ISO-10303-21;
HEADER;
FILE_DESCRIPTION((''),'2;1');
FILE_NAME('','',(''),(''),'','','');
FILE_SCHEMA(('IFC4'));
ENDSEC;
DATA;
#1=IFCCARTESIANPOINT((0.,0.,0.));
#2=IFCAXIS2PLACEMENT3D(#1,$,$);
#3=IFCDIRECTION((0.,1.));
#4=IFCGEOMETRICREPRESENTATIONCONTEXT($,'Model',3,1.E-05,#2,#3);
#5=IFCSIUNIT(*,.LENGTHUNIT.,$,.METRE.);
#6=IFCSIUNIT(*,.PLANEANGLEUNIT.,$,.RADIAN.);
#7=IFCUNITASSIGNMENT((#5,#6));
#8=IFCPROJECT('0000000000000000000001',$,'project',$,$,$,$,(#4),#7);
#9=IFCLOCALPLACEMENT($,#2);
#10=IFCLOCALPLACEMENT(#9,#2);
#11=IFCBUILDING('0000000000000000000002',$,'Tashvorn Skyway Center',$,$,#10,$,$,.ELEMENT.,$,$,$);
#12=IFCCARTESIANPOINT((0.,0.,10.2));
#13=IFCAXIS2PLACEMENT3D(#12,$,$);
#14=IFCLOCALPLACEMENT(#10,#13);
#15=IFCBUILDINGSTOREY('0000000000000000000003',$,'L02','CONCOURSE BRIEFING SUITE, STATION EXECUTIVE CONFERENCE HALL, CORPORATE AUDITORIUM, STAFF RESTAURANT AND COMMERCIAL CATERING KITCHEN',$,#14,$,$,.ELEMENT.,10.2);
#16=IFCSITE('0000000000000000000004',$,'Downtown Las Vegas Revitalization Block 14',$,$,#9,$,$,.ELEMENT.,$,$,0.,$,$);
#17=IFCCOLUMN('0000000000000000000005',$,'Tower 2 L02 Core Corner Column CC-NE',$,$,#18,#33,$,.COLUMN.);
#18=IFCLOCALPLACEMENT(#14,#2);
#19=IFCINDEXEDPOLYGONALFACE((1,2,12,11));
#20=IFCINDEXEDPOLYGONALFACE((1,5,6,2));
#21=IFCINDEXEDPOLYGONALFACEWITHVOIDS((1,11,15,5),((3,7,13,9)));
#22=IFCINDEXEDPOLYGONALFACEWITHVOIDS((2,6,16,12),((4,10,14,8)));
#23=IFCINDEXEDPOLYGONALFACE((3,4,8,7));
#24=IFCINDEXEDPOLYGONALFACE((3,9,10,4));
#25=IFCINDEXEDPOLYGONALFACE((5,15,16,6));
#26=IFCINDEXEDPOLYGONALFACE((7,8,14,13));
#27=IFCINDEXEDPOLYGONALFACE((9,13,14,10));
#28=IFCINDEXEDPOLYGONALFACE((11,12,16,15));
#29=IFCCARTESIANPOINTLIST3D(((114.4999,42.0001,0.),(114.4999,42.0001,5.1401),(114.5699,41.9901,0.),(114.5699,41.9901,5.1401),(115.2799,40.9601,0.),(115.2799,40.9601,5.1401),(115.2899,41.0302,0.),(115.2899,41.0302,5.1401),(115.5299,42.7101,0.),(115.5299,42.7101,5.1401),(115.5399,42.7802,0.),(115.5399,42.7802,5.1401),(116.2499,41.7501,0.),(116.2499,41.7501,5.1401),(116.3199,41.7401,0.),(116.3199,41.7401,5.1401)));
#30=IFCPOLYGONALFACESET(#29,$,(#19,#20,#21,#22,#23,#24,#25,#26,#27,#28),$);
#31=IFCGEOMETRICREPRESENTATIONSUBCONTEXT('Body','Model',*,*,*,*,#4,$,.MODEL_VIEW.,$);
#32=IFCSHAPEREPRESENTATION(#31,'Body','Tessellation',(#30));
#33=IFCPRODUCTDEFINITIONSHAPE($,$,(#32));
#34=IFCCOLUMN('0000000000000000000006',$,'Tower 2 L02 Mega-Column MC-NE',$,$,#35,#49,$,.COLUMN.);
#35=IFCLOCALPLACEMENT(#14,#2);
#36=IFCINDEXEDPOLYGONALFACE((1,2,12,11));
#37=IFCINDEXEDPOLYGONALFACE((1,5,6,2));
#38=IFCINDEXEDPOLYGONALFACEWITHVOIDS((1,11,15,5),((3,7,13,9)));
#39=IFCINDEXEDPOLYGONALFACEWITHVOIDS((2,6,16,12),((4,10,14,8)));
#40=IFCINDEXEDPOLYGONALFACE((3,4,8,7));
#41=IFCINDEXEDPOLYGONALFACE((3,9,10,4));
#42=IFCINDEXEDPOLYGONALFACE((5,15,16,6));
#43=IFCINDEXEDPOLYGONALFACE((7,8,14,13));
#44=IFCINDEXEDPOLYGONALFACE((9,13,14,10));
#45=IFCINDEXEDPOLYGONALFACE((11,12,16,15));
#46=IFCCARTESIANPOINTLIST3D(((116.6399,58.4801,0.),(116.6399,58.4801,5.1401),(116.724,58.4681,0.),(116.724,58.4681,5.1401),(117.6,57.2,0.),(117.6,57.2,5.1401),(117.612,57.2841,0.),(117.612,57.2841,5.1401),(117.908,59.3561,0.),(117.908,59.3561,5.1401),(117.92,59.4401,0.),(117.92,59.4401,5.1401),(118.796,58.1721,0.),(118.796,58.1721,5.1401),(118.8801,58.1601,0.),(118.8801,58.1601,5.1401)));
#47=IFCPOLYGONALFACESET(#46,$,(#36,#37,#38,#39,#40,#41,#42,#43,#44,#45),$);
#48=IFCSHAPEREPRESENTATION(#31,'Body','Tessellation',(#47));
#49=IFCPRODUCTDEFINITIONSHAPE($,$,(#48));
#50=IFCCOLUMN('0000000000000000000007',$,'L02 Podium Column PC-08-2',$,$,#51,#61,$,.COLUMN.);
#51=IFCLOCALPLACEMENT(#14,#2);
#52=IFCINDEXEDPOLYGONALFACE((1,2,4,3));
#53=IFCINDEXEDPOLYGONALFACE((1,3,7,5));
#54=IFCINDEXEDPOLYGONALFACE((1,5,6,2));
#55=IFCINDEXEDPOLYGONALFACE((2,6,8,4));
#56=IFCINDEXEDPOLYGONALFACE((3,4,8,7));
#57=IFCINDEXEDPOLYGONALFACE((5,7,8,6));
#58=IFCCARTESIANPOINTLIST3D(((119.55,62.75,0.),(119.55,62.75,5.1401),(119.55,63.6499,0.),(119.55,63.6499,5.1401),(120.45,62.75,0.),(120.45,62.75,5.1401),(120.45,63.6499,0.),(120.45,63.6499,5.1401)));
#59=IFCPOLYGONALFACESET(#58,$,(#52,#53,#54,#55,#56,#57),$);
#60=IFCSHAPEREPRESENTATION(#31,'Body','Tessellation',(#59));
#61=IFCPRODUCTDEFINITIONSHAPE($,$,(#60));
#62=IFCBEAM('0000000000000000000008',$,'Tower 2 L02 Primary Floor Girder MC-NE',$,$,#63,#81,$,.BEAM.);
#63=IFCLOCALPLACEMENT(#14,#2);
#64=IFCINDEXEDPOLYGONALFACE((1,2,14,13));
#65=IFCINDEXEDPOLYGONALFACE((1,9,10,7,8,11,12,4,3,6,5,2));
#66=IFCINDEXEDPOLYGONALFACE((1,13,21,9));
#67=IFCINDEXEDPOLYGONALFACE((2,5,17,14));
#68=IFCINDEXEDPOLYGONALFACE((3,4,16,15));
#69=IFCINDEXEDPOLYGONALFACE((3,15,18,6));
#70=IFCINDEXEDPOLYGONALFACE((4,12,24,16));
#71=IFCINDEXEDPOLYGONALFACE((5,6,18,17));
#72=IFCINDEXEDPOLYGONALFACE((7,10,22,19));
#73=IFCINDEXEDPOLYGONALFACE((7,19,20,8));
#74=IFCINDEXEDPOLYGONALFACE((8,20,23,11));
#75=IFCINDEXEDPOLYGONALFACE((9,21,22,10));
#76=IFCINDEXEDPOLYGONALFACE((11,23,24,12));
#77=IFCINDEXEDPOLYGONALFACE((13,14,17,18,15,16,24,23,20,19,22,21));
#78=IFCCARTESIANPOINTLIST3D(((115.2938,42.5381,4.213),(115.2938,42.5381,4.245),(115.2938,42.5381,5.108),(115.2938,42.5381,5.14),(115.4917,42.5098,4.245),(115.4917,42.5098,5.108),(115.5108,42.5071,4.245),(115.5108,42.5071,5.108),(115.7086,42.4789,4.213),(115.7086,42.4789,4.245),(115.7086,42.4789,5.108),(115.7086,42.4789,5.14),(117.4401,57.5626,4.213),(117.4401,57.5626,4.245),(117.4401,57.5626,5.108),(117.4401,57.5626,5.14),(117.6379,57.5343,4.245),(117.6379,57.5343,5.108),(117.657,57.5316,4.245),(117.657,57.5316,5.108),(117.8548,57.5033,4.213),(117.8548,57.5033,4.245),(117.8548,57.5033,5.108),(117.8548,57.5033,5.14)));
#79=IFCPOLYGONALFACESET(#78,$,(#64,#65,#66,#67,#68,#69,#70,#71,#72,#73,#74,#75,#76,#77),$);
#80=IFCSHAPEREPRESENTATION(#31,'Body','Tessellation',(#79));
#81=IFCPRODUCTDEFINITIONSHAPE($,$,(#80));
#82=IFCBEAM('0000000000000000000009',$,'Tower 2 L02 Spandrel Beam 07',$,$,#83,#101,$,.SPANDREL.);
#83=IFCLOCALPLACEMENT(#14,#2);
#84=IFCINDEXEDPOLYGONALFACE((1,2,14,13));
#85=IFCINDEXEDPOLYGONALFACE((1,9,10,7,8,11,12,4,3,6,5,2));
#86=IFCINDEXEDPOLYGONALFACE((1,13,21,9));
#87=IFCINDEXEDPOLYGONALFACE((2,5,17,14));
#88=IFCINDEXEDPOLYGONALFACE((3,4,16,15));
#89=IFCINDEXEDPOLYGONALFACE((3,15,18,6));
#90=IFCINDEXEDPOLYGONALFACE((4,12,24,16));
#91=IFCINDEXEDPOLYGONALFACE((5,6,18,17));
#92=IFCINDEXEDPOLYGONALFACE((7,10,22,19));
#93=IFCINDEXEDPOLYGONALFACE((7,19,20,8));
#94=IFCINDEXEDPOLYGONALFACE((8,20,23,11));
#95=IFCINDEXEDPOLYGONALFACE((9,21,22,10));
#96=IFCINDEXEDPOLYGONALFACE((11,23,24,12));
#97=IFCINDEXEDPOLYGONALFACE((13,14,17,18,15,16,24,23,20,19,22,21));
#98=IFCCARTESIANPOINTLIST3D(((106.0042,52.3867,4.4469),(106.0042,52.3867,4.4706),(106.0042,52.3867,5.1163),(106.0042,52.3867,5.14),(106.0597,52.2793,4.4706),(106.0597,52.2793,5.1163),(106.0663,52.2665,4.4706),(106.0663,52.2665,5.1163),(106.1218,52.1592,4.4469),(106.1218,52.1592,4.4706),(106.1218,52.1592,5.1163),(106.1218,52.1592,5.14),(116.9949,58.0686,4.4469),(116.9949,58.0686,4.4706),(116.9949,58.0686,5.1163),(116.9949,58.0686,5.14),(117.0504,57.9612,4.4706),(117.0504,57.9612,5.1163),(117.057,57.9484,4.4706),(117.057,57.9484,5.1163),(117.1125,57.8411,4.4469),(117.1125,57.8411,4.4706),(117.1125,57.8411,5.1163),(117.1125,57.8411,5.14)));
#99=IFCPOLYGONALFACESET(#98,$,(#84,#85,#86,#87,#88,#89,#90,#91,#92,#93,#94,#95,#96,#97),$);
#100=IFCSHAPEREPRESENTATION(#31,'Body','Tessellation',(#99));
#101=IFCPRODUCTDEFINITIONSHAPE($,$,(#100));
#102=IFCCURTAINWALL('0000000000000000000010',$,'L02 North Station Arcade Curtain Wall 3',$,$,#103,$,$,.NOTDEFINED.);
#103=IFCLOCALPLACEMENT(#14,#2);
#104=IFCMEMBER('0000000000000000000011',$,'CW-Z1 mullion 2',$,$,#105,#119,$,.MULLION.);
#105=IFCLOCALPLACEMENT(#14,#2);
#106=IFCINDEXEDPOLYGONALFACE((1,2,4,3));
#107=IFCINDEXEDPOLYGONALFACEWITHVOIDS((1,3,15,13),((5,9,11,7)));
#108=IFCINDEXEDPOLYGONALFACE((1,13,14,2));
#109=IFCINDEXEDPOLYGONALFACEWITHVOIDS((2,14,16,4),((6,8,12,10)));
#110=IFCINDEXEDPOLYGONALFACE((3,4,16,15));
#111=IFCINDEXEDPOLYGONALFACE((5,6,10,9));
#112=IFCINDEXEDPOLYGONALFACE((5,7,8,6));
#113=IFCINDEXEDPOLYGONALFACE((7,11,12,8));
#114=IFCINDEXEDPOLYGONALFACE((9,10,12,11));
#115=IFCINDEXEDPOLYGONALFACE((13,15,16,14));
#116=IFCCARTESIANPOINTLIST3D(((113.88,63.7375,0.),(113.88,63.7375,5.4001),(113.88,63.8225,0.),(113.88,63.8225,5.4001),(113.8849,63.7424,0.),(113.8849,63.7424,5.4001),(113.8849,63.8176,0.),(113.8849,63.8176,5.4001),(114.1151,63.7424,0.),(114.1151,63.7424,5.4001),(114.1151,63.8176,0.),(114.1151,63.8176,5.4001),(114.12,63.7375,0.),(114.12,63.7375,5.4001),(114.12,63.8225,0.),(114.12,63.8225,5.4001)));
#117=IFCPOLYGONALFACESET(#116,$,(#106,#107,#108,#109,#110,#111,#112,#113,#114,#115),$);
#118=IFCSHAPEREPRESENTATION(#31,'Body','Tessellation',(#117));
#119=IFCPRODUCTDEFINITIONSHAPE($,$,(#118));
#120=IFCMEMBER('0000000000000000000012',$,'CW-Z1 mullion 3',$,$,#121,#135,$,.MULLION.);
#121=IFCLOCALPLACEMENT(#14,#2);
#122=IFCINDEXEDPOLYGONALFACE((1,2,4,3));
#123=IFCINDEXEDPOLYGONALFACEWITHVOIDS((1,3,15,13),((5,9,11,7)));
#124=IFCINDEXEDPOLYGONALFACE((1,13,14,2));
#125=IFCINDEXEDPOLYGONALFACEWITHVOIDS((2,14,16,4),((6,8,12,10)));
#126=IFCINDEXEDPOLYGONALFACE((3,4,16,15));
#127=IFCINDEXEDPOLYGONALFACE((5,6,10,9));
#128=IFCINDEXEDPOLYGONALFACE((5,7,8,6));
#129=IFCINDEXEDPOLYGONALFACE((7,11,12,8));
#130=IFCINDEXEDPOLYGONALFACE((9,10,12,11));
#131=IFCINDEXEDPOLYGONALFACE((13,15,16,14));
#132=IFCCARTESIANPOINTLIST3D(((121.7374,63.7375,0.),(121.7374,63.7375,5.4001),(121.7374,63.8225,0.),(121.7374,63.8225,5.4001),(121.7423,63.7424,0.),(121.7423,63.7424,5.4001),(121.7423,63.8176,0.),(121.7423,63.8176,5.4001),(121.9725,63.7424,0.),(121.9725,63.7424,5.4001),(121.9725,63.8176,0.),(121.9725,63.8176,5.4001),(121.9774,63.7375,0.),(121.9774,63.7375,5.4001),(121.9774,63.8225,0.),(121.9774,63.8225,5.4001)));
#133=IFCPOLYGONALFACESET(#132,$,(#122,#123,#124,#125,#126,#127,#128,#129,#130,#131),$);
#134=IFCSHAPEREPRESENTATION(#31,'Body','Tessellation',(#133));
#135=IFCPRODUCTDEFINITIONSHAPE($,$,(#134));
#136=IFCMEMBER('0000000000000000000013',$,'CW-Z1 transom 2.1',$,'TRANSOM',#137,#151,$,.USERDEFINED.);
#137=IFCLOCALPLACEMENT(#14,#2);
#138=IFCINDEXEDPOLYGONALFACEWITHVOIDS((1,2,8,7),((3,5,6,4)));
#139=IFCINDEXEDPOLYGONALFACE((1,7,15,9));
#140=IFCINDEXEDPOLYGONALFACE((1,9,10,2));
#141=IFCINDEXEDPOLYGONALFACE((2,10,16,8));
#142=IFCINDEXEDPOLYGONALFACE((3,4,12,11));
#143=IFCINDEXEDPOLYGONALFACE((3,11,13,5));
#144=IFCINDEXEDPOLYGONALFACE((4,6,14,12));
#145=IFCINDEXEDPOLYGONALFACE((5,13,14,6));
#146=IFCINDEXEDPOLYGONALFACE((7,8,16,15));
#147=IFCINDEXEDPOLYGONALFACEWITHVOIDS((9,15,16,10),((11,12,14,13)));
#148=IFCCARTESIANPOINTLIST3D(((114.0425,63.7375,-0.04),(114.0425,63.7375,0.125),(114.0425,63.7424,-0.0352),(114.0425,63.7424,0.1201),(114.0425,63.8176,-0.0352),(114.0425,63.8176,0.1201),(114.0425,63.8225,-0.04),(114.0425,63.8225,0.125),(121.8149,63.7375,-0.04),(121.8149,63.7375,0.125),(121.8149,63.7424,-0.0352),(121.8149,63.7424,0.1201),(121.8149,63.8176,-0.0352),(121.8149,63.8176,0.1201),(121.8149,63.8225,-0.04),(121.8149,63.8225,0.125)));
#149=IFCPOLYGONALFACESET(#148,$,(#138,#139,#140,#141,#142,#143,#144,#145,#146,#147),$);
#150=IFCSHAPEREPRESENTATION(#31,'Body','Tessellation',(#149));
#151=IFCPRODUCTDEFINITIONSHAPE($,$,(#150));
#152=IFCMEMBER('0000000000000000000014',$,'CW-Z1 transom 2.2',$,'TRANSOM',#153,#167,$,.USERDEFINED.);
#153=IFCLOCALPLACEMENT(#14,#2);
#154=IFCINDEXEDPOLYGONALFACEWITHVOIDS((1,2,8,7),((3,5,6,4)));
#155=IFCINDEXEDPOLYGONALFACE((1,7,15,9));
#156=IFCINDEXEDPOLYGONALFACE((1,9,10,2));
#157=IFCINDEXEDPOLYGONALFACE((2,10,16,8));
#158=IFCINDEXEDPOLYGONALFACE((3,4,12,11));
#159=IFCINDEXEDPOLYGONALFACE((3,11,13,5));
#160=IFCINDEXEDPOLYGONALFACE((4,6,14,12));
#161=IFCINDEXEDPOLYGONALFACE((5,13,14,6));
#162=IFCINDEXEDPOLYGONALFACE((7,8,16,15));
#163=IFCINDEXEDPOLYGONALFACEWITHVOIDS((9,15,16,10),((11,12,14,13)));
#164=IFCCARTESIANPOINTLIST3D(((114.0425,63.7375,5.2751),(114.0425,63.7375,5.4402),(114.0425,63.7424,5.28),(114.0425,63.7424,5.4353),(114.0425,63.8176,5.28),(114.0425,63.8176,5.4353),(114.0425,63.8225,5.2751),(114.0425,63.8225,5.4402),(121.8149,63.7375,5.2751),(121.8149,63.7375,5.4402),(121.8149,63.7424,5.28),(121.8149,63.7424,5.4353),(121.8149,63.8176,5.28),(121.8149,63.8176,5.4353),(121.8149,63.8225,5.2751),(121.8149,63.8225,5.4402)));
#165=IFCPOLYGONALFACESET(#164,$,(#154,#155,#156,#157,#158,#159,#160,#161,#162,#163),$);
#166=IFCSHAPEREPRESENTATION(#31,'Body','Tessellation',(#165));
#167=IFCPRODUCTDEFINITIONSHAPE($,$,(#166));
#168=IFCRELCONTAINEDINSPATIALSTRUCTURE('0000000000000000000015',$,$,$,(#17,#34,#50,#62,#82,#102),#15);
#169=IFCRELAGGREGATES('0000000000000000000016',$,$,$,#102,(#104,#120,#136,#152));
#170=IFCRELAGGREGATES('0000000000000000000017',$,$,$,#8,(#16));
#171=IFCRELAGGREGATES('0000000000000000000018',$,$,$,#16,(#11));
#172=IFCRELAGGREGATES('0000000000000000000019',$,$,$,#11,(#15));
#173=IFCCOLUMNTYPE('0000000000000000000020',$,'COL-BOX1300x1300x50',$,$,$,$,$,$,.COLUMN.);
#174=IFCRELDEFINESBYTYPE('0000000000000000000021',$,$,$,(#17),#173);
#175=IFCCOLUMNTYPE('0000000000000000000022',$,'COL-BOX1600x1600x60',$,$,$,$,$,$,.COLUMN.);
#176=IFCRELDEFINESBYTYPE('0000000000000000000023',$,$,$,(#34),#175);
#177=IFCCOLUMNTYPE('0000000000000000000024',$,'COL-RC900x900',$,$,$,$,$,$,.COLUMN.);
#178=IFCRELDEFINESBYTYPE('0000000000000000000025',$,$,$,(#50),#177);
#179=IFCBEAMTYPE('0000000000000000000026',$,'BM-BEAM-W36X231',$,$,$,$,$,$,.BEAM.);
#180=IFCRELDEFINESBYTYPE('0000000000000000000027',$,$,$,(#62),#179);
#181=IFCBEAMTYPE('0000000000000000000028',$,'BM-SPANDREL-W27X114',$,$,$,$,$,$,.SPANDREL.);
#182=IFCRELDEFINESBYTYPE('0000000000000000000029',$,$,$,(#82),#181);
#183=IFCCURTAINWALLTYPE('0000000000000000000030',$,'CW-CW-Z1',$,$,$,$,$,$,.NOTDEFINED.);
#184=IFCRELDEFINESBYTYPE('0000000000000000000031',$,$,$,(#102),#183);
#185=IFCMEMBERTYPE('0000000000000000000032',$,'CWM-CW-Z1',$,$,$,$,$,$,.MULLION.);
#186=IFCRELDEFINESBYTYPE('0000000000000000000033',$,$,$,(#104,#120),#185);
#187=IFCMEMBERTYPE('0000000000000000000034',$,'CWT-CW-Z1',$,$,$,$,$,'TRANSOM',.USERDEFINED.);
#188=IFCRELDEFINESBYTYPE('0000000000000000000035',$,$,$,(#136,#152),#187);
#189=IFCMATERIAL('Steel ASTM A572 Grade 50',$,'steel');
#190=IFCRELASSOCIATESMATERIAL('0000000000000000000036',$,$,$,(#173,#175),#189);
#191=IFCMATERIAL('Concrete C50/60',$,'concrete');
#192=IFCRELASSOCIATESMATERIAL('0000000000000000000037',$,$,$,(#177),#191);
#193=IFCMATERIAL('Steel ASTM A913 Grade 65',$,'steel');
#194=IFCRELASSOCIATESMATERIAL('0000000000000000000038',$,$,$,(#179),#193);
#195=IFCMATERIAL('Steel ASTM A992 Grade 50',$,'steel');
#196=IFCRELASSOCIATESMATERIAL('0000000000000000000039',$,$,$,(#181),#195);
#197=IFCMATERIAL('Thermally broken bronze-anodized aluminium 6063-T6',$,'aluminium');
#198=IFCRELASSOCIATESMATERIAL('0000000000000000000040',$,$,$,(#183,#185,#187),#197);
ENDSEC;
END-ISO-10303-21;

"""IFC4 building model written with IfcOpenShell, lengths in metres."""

from ifc_helpers import new_model, si_unit, direction, frame, origin, origin_2d, place, context, subcontext, project, spatial, rectangle, hollow_rectangle, i_section, extrude, material, material_profile, profile_set, type_object, element, aggregate, save


model = new_model("IFC4")

# Units and contexts
model_context = context("Model", 3, precision=1e-05, world=origin(), true_north=direction((0.0, 1.0)))
body_context = subcontext(model_context, "Body", "Model", "MODEL_VIEW")
ifc_project = project(units=[si_unit("LENGTHUNIT", "METRE"), si_unit("PLANEANGLEUNIT", "RADIAN")], contexts=[model_context])

# Site, building, storey
site_placement = place(None, origin())
site = spatial("IfcSite", under=ifc_project, at=site_placement, Name="Downtown Las Vegas Revitalization Block 14", CompositionType="ELEMENT", RefElevation=0.0)
building_placement = place(site_placement, origin())
building = spatial("IfcBuilding", under=site, at=building_placement, Name="Tashvorn Skyway Center", CompositionType="ELEMENT")
storey_placement = place(building_placement, frame((0.0, 0.0, 10.2)))
storey = spatial("IfcBuildingStorey", under=building, at=storey_placement, Name="L02", Description="CONCOURSE BRIEFING SUITE, STATION EXECUTIVE CONFERENCE HALL, CORPORATE AUDITORIUM, STAFF RESTAURANT AND COMMERCIAL CATERING KITCHEN", CompositionType="ELEMENT", Elevation=10.2)

# Columns
ifc_material_1 = material(Name="Steel ASTM A572 Grade 50", Category="steel")
ifc_material_profile_1 = material_profile(ifc_material_1, hollow_rectangle(XDim=1.3, YDim=1.3, WallThickness=0.05, at=origin_2d()), Name="BOX1300x1300x50")
ifc_profile_set_1 = profile_set([ifc_material_profile_1], Name="Steel ASTM A572 Grade 50")
column_type_1 = type_object("IfcColumnType", Name="COL-BOX1300x1300x50", PredefinedType="COLUMN", material=ifc_profile_set_1)
column_1_placement = place(storey_placement, frame((115.4099, 41.8701, 0.0), z_axis=(0.0, 0.0, 1.0), x_axis=(0.8, 0.6, 0.0)))
element("IfcColumn", 1, at=column_1_placement, inside=storey, type_object=column_type_1, Name="Tower 2 L02 Core Corner Column CC-NE", PredefinedType="COLUMN", context=body_context, shape_type="SweptSolid", body=[
    extrude(hollow_rectangle(XDim=1.3, YDim=1.3, WallThickness=0.05, at=origin_2d()), origin(), (0.0, 0.0, 1.0), 5.1401),
])
ifc_material_profile_2 = material_profile(ifc_material_1, hollow_rectangle(XDim=1.6001, YDim=1.6001, WallThickness=0.0601, at=origin_2d()), Name="BOX1600x1600x60")
ifc_profile_set_2 = profile_set([ifc_material_profile_2], Name="Steel ASTM A572 Grade 50")
column_type_2 = type_object("IfcColumnType", Name="COL-BOX1600x1600x60", PredefinedType="COLUMN", material=ifc_profile_set_2)
column_2_placement = place(storey_placement, frame((117.76, 58.3201, 0.0), z_axis=(0.0, 0.0, 1.0), x_axis=(0.8, 0.6, 0.0)))
element("IfcColumn", 2, at=column_2_placement, inside=storey, type_object=column_type_2, Name="Tower 2 L02 Mega-Column MC-NE", PredefinedType="COLUMN", context=body_context, shape_type="SweptSolid", body=[
    extrude(hollow_rectangle(XDim=1.6001, YDim=1.6001, WallThickness=0.0601, at=origin_2d()), origin(), (0.0, 0.0, 1.0), 5.1401),
])
ifc_material_2 = material(Name="Concrete C50/60", Category="concrete")
ifc_material_profile_3 = material_profile(ifc_material_2, rectangle(XDim=0.8999, YDim=0.8999, at=origin_2d()), Name="RC900x900")
ifc_profile_set_3 = profile_set([ifc_material_profile_3], Name="Concrete C50/60")
column_type_3 = type_object("IfcColumnType", Name="COL-RC900x900", PredefinedType="COLUMN", material=ifc_profile_set_3)
column_3_placement = place(storey_placement, frame((120.0, 63.2, 0.0), z_axis=(0.0, 0.0, 1.0), x_axis=(1.0, 0.0, 0.0)))
element("IfcColumn", 3, at=column_3_placement, inside=storey, type_object=column_type_3, Name="L02 Podium Column PC-08-2", PredefinedType="COLUMN", context=body_context, shape_type="SweptSolid", body=[
    extrude(rectangle(XDim=0.8999, YDim=0.8999, at=origin_2d()), origin(), (0.0, 0.0, 1.0), 5.1401),
])

# Beams
ifc_material_3 = material(Name="Steel ASTM A913 Grade 65", Category="steel")
ifc_material_profile_4 = material_profile(ifc_material_3, i_section(OverallWidth=0.4189, OverallDepth=0.927, WebThickness=0.0193, FlangeThickness=0.032, at=origin_2d()), Name="W36X231")
ifc_profile_set_4 = profile_set([ifc_material_profile_4], Name="Steel ASTM A913 Grade 65")
beam_type_1 = type_object("IfcBeamType", Name="BM-BEAM-W36X231", PredefinedType="BEAM", material=ifc_profile_set_4)
beam_1_placement = place(storey_placement, frame((117.6475, 57.533, 4.6765), z_axis=(-0.141415, -0.98995, 0.0), x_axis=(0.98995, -0.141415, 0.0)))
element("IfcBeam", 4, at=beam_1_placement, inside=storey, type_object=beam_type_1, Name="Tower 2 L02 Primary Floor Girder MC-NE", PredefinedType="BEAM", context=body_context, shape_type="SweptSolid", body=[
    extrude(i_section(OverallWidth=0.4189, OverallDepth=0.927, WebThickness=0.0193, FlangeThickness=0.032, at=origin_2d()), origin(), (0.0, 0.0, 1.0), 15.177),
])
ifc_material_4 = material(Name="Steel ASTM A992 Grade 50", Category="steel")
ifc_material_profile_5 = material_profile(ifc_material_4, i_section(OverallWidth=0.2561, OverallDepth=0.6931, WebThickness=0.0144, FlangeThickness=0.0237, at=origin_2d()), Name="W27X114")
ifc_profile_set_5 = profile_set([ifc_material_profile_5], Name="Steel ASTM A992 Grade 50")
beam_type_2 = type_object("IfcBeamType", Name="BM-SPANDREL-W27X114", PredefinedType="SPANDREL", material=ifc_profile_set_5)
beam_2_placement = place(storey_placement, frame((117.0537, 57.9548, 4.7935), z_axis=(-0.888316, -0.459233, 0.0), x_axis=(0.459233, -0.888316, 0.0)))
element("IfcBeam", 5, at=beam_2_placement, inside=storey, type_object=beam_type_2, Name="Tower 2 L02 Spandrel Beam 07", PredefinedType="SPANDREL", context=body_context, shape_type="SweptSolid", body=[
    extrude(i_section(OverallWidth=0.2561, OverallDepth=0.6931, WebThickness=0.0144, FlangeThickness=0.0237, at=origin_2d()), origin(), (0.0, 0.0, 1.0), 12.3726),
])

# Curtain wall, members
ifc_material_5 = material(Name="Thermally broken bronze-anodized aluminium 6063-T6", Category="aluminium")
curtain_wall_type = type_object("IfcCurtainWallType", Name="CW-CW-Z1", PredefinedType="NOTDEFINED", material=ifc_material_5)
curtain_wall_placement = place(storey_placement, origin())
curtain_wall = element("IfcCurtainWall", 6, at=curtain_wall_placement, inside=storey, type_object=curtain_wall_type, Name="L02 North Station Arcade Curtain Wall 3", PredefinedType="NOTDEFINED")
ifc_material_profile_6 = material_profile(ifc_material_5, hollow_rectangle(XDim=0.085, YDim=0.24, WallThickness=0.0049, at=origin_2d()), Name="ALU-MULL-85x240")
ifc_profile_set_6 = profile_set([ifc_material_profile_6], Name="Thermally broken bronze-anodized aluminium 6063-T6")
member_type_1 = type_object("IfcMemberType", Name="CWM-CW-Z1", PredefinedType="MULLION", material=ifc_profile_set_6)
member_1_placement = place(storey_placement, frame((114.0, 63.78, 0.0), z_axis=(0.0, 0.0, 1.0), x_axis=(0.0, 1.0, 0.0)))
member_1 = element("IfcMember", 7, at=member_1_placement, type_object=member_type_1, Name="CW-Z1 mullion 2", PredefinedType="MULLION", context=body_context, shape_type="SweptSolid", body=[
    extrude(hollow_rectangle(XDim=0.085, YDim=0.24, WallThickness=0.0049, at=origin_2d()), origin(), (0.0, 0.0, 1.0), 5.4001),
])
member_2_placement = place(storey_placement, frame((121.8574, 63.78, 0.0), z_axis=(0.0, 0.0, 1.0), x_axis=(0.0, 1.0, 0.0)))
member_2 = element("IfcMember", 8, at=member_2_placement, type_object=member_type_1, Name="CW-Z1 mullion 3", PredefinedType="MULLION", context=body_context, shape_type="SweptSolid", body=[
    extrude(hollow_rectangle(XDim=0.085, YDim=0.24, WallThickness=0.0049, at=origin_2d()), origin(), (0.0, 0.0, 1.0), 5.4001),
])
ifc_material_profile_7 = material_profile(ifc_material_5, hollow_rectangle(XDim=0.085, YDim=0.165, WallThickness=0.0049, at=origin_2d()), Name="ALU-TRAN-85x165")
ifc_profile_set_7 = profile_set([ifc_material_profile_7], Name="Thermally broken bronze-anodized aluminium 6063-T6")
member_type_2 = type_object("IfcMemberType", Name="CWT-CW-Z1", ElementType="TRANSOM", PredefinedType="USERDEFINED", material=ifc_profile_set_7)
member_3_placement = place(storey_placement, frame((114.0425, 63.78, 0.0425), z_axis=(1.0, 0.0, 0.0), x_axis=(0.0, 1.0, 0.0)))
member_3 = element("IfcMember", 9, at=member_3_placement, type_object=member_type_2, Name="CW-Z1 transom 2.1", ObjectType="TRANSOM", PredefinedType="USERDEFINED", context=body_context, shape_type="SweptSolid", body=[
    extrude(hollow_rectangle(XDim=0.085, YDim=0.165, WallThickness=0.0049, at=origin_2d()), origin(), (0.0, 0.0, 1.0), 7.7725),
])
member_4_placement = place(storey_placement, frame((114.0425, 63.78, 5.3577), z_axis=(1.0, 0.0, 0.0), x_axis=(0.0, 1.0, 0.0)))
member_4 = element("IfcMember", 10, at=member_4_placement, type_object=member_type_2, Name="CW-Z1 transom 2.2", ObjectType="TRANSOM", PredefinedType="USERDEFINED", context=body_context, shape_type="SweptSolid", body=[
    extrude(hollow_rectangle(XDim=0.085, YDim=0.165, WallThickness=0.0049, at=origin_2d()), origin(), (0.0, 0.0, 1.0), 7.7725),
])
aggregate(curtain_wall, [member_1, member_2, member_3, member_4])

save(model, "model.ifc")
